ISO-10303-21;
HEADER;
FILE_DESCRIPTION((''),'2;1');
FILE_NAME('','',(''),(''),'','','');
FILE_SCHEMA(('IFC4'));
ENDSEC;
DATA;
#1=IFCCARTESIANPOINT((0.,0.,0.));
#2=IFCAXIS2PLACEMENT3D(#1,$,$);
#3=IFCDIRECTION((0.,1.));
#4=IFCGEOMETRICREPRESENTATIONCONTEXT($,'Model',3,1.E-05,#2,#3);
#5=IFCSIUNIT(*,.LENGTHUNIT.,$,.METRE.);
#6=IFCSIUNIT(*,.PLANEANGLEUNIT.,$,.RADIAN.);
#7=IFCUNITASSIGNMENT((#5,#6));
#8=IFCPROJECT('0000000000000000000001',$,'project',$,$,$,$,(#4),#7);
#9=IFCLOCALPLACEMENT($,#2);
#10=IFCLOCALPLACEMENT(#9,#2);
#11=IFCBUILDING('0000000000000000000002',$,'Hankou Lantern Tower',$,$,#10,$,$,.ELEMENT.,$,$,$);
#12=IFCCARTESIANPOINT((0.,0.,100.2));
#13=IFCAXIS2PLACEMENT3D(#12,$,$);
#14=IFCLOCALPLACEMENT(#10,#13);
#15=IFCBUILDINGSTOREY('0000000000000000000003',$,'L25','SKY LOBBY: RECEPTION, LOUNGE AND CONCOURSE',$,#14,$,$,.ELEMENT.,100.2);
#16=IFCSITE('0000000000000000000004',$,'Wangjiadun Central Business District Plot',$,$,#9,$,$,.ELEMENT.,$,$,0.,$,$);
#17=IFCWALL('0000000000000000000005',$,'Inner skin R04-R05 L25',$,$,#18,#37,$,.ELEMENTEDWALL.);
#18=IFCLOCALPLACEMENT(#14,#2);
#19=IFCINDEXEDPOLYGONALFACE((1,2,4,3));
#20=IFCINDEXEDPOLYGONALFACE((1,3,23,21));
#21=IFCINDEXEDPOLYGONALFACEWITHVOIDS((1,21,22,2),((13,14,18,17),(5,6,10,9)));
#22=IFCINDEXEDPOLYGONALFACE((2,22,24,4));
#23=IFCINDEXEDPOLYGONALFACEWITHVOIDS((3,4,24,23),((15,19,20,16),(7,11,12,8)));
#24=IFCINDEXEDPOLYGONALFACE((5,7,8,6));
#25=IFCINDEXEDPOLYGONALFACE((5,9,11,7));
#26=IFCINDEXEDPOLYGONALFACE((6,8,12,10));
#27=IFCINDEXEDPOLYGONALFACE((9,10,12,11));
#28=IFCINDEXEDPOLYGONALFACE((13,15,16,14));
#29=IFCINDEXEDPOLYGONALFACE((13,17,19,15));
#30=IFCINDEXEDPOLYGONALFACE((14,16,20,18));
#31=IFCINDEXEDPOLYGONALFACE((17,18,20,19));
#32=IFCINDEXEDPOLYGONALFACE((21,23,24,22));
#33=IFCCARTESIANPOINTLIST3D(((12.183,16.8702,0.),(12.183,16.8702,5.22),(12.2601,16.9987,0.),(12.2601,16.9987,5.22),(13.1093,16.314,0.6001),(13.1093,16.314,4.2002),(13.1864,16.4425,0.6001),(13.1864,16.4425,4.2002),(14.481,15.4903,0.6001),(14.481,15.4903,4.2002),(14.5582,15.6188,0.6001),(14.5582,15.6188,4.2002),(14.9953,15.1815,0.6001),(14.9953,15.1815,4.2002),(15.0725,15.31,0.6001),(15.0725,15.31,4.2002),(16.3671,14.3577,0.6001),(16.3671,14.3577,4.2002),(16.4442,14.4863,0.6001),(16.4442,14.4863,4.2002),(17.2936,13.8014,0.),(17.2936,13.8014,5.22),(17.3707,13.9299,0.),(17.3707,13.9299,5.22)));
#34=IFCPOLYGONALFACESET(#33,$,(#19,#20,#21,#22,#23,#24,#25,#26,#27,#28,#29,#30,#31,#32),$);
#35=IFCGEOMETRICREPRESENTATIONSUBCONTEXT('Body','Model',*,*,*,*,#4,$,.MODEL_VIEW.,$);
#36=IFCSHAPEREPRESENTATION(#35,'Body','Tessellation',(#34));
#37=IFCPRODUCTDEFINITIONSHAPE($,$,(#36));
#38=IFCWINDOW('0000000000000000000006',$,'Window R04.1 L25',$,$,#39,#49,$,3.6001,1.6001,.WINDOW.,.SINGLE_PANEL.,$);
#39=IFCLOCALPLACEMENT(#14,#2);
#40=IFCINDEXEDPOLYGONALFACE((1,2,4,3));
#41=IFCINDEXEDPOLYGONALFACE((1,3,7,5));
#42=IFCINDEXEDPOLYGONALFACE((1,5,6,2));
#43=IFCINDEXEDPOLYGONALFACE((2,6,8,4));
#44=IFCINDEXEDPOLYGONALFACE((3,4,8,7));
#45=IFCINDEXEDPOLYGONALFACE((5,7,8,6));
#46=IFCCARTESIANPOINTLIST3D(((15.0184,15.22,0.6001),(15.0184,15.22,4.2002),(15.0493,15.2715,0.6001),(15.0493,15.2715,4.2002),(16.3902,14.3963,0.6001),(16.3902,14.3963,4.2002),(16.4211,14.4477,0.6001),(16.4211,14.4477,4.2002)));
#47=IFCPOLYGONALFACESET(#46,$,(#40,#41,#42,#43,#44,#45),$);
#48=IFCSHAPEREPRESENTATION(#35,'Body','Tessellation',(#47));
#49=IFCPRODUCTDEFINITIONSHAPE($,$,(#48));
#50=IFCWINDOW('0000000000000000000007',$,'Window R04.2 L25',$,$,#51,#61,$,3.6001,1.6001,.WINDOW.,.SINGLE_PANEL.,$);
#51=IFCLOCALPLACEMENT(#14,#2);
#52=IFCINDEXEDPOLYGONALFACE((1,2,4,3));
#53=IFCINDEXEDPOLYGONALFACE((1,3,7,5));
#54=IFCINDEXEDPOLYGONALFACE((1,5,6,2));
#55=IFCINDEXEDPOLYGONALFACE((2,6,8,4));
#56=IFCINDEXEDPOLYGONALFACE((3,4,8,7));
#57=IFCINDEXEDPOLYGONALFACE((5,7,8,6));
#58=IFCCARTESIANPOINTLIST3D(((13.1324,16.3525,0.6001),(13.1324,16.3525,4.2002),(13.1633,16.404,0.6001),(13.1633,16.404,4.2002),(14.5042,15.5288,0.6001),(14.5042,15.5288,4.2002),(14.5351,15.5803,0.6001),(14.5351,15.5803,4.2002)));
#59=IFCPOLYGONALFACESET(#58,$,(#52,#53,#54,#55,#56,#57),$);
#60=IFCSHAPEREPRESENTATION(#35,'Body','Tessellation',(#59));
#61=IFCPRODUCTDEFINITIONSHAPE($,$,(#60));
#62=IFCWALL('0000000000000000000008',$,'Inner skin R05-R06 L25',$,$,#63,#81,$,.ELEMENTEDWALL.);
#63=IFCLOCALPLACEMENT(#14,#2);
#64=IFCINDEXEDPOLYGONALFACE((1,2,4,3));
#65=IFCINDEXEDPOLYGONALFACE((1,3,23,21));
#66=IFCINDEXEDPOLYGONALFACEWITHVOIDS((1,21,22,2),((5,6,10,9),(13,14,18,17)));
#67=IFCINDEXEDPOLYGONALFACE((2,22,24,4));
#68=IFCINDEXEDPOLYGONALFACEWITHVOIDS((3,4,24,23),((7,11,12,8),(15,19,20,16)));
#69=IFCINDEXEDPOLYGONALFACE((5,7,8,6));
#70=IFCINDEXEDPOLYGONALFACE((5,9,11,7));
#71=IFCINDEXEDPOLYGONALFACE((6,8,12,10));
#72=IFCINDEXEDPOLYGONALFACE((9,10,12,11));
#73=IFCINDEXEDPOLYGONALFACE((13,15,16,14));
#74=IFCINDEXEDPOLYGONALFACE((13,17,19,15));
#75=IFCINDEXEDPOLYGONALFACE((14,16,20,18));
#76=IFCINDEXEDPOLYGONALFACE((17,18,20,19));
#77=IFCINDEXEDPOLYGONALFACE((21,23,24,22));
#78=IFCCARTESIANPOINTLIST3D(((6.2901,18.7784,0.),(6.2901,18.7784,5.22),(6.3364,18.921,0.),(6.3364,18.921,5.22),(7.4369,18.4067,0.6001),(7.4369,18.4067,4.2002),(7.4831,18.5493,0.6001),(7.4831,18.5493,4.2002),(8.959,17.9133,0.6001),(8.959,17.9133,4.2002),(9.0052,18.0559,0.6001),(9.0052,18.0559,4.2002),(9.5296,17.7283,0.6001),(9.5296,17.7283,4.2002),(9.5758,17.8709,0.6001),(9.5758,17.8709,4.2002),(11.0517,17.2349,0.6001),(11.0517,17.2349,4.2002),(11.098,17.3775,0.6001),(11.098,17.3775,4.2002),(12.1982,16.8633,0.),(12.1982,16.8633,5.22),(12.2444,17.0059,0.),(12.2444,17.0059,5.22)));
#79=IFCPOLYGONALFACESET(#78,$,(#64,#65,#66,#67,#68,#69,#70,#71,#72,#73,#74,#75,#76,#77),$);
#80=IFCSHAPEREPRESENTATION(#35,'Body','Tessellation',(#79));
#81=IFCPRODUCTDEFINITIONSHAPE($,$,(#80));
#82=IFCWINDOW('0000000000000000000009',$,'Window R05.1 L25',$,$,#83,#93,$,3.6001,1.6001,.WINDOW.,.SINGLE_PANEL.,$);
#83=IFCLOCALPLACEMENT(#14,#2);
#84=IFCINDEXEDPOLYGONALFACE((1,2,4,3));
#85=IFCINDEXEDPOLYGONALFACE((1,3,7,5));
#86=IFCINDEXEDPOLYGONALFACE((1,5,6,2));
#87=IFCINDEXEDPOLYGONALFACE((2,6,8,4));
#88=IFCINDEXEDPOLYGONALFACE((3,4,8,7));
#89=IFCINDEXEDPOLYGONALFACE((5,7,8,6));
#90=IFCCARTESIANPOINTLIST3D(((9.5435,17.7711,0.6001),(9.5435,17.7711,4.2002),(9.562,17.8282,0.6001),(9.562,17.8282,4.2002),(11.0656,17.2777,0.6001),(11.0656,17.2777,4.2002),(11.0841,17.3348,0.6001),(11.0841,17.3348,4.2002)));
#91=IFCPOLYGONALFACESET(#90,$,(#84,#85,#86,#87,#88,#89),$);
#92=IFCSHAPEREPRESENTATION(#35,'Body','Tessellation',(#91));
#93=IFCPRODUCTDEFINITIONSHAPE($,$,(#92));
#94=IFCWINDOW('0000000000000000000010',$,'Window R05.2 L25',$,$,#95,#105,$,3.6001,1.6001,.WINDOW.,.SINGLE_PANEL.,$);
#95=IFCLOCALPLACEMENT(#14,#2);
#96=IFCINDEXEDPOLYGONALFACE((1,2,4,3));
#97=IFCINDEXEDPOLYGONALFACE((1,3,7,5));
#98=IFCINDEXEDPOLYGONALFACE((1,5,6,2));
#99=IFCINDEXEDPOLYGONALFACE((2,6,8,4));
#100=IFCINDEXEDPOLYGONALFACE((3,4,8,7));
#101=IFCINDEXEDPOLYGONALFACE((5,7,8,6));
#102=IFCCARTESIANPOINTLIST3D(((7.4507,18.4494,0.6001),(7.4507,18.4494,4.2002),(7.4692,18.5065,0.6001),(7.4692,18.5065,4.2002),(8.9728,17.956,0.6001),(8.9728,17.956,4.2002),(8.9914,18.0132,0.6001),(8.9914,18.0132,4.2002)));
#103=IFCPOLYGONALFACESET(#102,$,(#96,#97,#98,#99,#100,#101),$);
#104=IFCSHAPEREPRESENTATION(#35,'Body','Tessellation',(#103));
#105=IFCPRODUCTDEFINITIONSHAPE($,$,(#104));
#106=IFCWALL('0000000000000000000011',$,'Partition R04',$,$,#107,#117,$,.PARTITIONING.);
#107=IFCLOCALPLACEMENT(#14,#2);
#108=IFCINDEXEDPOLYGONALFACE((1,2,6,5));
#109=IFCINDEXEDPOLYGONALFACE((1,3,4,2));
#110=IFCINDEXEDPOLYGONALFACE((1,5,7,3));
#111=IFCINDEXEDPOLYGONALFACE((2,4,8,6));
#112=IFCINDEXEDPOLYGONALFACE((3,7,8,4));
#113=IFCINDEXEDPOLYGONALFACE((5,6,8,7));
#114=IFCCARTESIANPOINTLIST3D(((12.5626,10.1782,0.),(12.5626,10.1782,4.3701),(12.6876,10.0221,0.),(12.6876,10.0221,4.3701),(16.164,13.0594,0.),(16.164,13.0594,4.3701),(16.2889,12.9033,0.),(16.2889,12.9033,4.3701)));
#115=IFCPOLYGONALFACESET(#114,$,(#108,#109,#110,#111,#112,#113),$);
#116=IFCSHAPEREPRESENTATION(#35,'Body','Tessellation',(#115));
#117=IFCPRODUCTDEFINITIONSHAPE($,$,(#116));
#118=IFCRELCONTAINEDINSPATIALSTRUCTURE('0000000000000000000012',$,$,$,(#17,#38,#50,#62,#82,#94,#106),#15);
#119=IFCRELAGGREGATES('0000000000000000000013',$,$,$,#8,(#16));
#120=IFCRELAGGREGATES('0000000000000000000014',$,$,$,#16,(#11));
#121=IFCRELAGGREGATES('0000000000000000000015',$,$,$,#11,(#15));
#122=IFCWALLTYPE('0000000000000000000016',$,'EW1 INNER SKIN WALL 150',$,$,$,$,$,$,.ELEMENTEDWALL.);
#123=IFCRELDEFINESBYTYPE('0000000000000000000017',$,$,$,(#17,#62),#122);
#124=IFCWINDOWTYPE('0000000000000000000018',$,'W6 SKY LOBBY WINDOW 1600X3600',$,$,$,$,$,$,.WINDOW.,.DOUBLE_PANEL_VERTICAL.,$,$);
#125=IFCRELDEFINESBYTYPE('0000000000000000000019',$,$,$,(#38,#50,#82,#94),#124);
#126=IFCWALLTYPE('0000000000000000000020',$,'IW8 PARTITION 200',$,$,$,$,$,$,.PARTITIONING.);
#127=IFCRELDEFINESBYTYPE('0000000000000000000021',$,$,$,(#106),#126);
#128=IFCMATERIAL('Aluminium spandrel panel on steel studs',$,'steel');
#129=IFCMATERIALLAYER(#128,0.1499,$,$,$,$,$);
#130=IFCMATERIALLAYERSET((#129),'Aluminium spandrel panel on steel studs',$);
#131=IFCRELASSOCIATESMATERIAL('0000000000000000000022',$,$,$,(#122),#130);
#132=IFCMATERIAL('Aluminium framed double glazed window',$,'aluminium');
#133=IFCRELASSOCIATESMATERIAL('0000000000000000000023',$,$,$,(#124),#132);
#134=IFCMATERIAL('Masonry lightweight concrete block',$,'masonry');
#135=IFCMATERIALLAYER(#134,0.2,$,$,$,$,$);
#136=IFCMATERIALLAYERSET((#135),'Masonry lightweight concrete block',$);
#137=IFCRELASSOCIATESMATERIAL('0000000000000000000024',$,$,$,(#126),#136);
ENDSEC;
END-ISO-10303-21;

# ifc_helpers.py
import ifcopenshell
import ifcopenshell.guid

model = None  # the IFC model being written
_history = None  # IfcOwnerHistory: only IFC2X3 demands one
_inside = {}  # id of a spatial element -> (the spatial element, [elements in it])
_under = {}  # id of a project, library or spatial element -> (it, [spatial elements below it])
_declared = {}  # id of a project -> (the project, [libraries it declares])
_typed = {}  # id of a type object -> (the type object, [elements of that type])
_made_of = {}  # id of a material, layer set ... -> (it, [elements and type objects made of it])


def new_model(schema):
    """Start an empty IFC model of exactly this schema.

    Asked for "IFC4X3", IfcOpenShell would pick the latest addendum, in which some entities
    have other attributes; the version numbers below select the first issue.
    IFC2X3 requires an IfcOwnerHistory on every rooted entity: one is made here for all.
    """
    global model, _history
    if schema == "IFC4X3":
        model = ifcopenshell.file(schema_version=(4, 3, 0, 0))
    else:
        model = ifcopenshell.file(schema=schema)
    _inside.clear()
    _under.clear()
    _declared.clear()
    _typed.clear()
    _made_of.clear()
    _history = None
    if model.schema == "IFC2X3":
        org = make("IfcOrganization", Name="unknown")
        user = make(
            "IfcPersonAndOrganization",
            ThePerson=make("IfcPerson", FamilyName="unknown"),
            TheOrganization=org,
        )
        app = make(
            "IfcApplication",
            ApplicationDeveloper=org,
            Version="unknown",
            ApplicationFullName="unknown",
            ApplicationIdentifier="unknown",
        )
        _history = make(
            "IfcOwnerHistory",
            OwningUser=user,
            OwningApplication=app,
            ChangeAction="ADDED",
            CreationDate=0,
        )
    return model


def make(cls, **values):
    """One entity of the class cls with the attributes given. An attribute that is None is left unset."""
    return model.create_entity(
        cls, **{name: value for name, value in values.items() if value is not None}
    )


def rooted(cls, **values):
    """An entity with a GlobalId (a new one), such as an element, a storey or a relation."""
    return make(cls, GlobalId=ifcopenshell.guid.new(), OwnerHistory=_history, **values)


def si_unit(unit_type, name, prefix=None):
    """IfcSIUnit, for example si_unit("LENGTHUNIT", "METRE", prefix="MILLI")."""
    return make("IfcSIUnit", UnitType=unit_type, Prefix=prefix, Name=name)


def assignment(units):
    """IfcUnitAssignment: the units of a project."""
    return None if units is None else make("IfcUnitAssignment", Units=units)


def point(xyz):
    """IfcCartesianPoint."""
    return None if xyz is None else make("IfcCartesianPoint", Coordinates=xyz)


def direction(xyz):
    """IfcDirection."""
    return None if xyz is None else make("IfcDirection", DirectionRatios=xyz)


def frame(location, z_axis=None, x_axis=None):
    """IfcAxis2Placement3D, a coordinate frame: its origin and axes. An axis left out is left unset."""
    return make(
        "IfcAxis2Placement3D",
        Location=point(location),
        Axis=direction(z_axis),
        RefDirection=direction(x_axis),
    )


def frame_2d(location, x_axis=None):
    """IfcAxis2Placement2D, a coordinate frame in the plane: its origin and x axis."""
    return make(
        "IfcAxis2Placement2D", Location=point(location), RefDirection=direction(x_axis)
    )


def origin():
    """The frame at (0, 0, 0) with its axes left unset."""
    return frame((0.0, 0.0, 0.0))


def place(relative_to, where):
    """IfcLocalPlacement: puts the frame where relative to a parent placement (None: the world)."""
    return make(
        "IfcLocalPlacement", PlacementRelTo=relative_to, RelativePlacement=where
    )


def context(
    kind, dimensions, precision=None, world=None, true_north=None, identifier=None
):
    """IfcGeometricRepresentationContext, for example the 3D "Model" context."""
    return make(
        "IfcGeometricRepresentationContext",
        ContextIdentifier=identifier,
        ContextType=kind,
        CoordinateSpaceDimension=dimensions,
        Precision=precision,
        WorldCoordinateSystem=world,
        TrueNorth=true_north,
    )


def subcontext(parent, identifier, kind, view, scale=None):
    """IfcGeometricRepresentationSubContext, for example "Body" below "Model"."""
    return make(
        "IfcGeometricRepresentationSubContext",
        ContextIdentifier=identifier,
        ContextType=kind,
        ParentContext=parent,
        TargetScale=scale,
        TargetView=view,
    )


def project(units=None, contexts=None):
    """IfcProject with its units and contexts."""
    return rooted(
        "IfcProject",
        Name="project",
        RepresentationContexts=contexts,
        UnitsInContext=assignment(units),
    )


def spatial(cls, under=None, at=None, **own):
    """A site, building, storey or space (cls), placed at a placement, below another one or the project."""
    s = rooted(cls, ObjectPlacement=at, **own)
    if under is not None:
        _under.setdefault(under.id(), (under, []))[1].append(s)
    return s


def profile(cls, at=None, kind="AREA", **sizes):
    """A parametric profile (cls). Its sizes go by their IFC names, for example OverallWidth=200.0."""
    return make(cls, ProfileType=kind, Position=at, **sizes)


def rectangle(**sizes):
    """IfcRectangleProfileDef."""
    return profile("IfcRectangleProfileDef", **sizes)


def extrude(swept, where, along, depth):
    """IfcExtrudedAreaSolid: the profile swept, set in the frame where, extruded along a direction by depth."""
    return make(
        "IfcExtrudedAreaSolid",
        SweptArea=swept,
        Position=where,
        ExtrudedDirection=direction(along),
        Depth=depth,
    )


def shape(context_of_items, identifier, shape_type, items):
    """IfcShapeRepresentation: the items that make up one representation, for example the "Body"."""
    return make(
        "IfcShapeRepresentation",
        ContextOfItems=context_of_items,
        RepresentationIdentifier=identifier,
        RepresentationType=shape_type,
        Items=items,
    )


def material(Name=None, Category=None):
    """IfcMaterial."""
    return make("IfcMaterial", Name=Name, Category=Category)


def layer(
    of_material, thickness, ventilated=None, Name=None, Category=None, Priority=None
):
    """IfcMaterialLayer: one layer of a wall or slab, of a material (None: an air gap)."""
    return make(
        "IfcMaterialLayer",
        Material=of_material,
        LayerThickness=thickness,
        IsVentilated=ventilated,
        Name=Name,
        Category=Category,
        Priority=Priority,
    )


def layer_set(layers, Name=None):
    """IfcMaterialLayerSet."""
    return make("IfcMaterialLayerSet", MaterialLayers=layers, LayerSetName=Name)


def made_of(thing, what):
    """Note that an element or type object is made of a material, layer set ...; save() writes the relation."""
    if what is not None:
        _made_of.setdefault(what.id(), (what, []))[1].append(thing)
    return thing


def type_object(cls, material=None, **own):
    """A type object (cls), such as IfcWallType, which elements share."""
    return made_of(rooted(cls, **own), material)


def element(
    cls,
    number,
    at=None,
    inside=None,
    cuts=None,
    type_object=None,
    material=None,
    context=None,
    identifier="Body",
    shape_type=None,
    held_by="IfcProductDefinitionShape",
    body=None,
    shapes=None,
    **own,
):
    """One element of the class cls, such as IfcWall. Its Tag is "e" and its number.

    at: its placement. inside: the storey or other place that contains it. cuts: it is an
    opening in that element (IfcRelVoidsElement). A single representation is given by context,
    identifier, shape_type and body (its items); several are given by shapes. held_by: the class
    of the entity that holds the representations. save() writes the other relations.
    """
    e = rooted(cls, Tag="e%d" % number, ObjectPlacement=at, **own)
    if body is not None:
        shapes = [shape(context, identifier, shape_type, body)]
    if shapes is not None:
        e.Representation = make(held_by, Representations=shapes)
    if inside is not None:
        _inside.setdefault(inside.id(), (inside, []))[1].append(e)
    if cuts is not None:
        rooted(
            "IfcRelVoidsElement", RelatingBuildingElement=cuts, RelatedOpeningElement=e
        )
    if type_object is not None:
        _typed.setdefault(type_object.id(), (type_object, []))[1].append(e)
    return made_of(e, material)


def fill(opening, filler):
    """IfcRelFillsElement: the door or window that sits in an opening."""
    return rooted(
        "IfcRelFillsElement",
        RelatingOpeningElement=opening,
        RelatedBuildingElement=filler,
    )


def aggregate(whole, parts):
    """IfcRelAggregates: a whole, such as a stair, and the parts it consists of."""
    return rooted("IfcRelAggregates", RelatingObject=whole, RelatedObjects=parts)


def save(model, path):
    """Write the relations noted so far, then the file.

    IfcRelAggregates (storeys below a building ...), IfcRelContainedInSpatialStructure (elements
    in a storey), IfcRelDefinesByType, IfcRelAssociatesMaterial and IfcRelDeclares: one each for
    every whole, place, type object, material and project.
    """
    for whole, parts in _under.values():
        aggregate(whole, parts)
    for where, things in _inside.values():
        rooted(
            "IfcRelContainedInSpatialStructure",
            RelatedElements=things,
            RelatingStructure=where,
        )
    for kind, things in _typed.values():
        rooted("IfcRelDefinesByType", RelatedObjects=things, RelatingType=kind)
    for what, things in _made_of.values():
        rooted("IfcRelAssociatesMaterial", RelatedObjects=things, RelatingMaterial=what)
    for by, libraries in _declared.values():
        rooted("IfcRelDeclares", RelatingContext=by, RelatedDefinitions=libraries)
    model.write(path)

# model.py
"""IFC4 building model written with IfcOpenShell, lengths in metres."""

from ifc_helpers import new_model, si_unit, direction, frame, frame_2d, origin, place, context, subcontext, project, spatial, rectangle, extrude, material, layer, layer_set, type_object, element, fill, save


model = new_model("IFC4")

# Units and contexts
model_context = context("Model", 3, precision=1e-05, world=origin(), true_north=direction((0.0, 1.0)))
body_context = subcontext(model_context, "Body", "Model", "MODEL_VIEW")
ifc_project = project(units=[si_unit("LENGTHUNIT", "METRE"), si_unit("PLANEANGLEUNIT", "RADIAN")], contexts=[model_context])

# Site, building, storey
site_placement = place(None, origin())
site = spatial("IfcSite", under=ifc_project, at=site_placement, Name="Wangjiadun Central Business District Plot", CompositionType="ELEMENT", RefElevation=0.0)
building_placement = place(site_placement, origin())
building = spatial("IfcBuilding", under=site, at=building_placement, Name="Hankou Lantern Tower", CompositionType="ELEMENT")
storey_placement = place(building_placement, frame((0.0, 0.0, 100.2)))
storey = spatial("IfcBuildingStorey", under=building, at=storey_placement, Name="L25", Description="SKY LOBBY: RECEPTION, LOUNGE AND CONCOURSE", CompositionType="ELEMENT", Elevation=100.2)

# Walls, openings, windows
ifc_material_1 = material(Name="Aluminium spandrel panel on steel studs", Category="steel")
ifc_layer_1 = layer(ifc_material_1, 0.1499)
ifc_layer_set_1 = layer_set([ifc_layer_1], Name="Aluminium spandrel panel on steel studs")
wall_type_1 = type_object("IfcWallType", Name="EW1 INNER SKIN WALL 150", PredefinedType="ELEMENTEDWALL", material=ifc_layer_set_1)
ifc_material_2 = material(Name="Aluminium framed double glazed window", Category="aluminium")
window_type = type_object("IfcWindowType", Name="W6 SKY LOBBY WINDOW 1600X3600", PartitioningType="DOUBLE_PANEL_VERTICAL", PredefinedType="WINDOW", material=ifc_material_2)
wall_1_placement = place(storey_placement, frame((17.332, 13.8657, 0.0), z_axis=(0.0, 0.0, 1.0), x_axis=(-0.857309, 0.514803, 0.0)))
wall_1 = element("IfcWall", 1, at=wall_1_placement, inside=storey, type_object=wall_type_1, Name="Inner skin R04-R05 L25", PredefinedType="ELEMENTEDWALL", context=body_context, shape_type="SweptSolid", body=[
    extrude(rectangle(XDim=5.9612, YDim=0.1499, at=frame_2d((2.9805, 0.0))), origin(), (0.0, 0.0, 1.0), 5.22),
])
opening_1_placement = place(wall_1_placement, frame((1.0806, 0.0, 0.6001)))
opening_1 = element("IfcOpeningElement", 2, at=opening_1_placement, cuts=wall_1, PredefinedType="OPENING", context=body_context, shape_type="SweptSolid", body=[
    extrude(rectangle(XDim=1.6001, YDim=3.6001, at=frame_2d((0.8, 1.8))), frame((0.0, 0.085, 0.0), z_axis=(0.0, -1.0, 0.0), x_axis=(1.0, 0.0, 0.0)), (0.0, 0.0, 1.0), 0.1699),
])
opening_2_placement = place(wall_1_placement, frame((3.2805, 0.0, 0.6001)))
opening_2 = element("IfcOpeningElement", 3, at=opening_2_placement, cuts=wall_1, PredefinedType="OPENING", context=body_context, shape_type="SweptSolid", body=[
    extrude(rectangle(XDim=1.6001, YDim=3.6001, at=frame_2d((0.8, 1.8))), frame((0.0, 0.085, 0.0), z_axis=(0.0, -1.0, 0.0), x_axis=(1.0, 0.0, 0.0)), (0.0, 0.0, 1.0), 0.1699),
])
window_1_placement = place(opening_1_placement, origin())
window_1 = element("IfcWindow", 4, at=window_1_placement, inside=storey, type_object=window_type, Name="Window R04.1 L25", OverallHeight=3.6001, OverallWidth=1.6001, PartitioningType="SINGLE_PANEL", PredefinedType="WINDOW", context=body_context, shape_type="SweptSolid", body=[
    extrude(rectangle(XDim=1.6001, YDim=3.6001, at=frame_2d((0.8, 1.8))), frame((0.0, 0.03, 0.0), z_axis=(0.0, -1.0, 0.0), x_axis=(1.0, 0.0, 0.0)), (0.0, 0.0, 1.0), 0.0601),
])
fill(opening_1, window_1)
window_2_placement = place(opening_2_placement, origin())
window_2 = element("IfcWindow", 5, at=window_2_placement, inside=storey, type_object=window_type, Name="Window R04.2 L25", OverallHeight=3.6001, OverallWidth=1.6001, PartitioningType="SINGLE_PANEL", PredefinedType="WINDOW", context=body_context, shape_type="SweptSolid", body=[
    extrude(rectangle(XDim=1.6001, YDim=3.6001, at=frame_2d((0.8, 1.8))), frame((0.0, 0.03, 0.0), z_axis=(0.0, -1.0, 0.0), x_axis=(1.0, 0.0, 0.0)), (0.0, 0.0, 1.0), 0.0601),
])
fill(opening_2, window_2)
wall_2_placement = place(storey_placement, frame((12.2214, 16.9346, 0.0), z_axis=(0.0, 0.0, 1.0), x_axis=(-0.951273, 0.308351, 0.0)))
wall_2 = element("IfcWall", 6, at=wall_2_placement, inside=storey, type_object=wall_type_1, Name="Inner skin R05-R06 L25", PredefinedType="ELEMENTEDWALL", context=body_context, shape_type="SweptSolid", body=[
    extrude(rectangle(XDim=6.2107, YDim=0.1499, at=frame_2d((3.1055, 0.0))), origin(), (0.0, 0.0, 1.0), 5.22),
])
opening_3_placement = place(wall_2_placement, frame((1.2053, 0.0, 0.6001)))
opening_3 = element("IfcOpeningElement", 7, at=opening_3_placement, cuts=wall_2, PredefinedType="OPENING", context=body_context, shape_type="SweptSolid", body=[
    extrude(rectangle(XDim=1.6001, YDim=3.6001, at=frame_2d((0.8, 1.8))), frame((0.0, 0.085, 0.0), z_axis=(0.0, -1.0, 0.0), x_axis=(1.0, 0.0, 0.0)), (0.0, 0.0, 1.0), 0.1699),
])
opening_4_placement = place(wall_2_placement, frame((3.4053, 0.0, 0.6001)))
opening_4 = element("IfcOpeningElement", 8, at=opening_4_placement, cuts=wall_2, PredefinedType="OPENING", context=body_context, shape_type="SweptSolid", body=[
    extrude(rectangle(XDim=1.6001, YDim=3.6001, at=frame_2d((0.8, 1.8))), frame((0.0, 0.085, 0.0), z_axis=(0.0, -1.0, 0.0), x_axis=(1.0, 0.0, 0.0)), (0.0, 0.0, 1.0), 0.1699),
])
window_3_placement = place(opening_3_placement, origin())
window_3 = element("IfcWindow", 9, at=window_3_placement, inside=storey, type_object=window_type, Name="Window R05.1 L25", OverallHeight=3.6001, OverallWidth=1.6001, PartitioningType="SINGLE_PANEL", PredefinedType="WINDOW", context=body_context, shape_type="SweptSolid", body=[
    extrude(rectangle(XDim=1.6001, YDim=3.6001, at=frame_2d((0.8, 1.8))), frame((0.0, 0.03, 0.0), z_axis=(0.0, -1.0, 0.0), x_axis=(1.0, 0.0, 0.0)), (0.0, 0.0, 1.0), 0.0601),
])
fill(opening_3, window_3)
window_4_placement = place(opening_4_placement, origin())
window_4 = element("IfcWindow", 10, at=window_4_placement, inside=storey, type_object=window_type, Name="Window R05.2 L25", OverallHeight=3.6001, OverallWidth=1.6001, PartitioningType="SINGLE_PANEL", PredefinedType="WINDOW", context=body_context, shape_type="SweptSolid", body=[
    extrude(rectangle(XDim=1.6001, YDim=3.6001, at=frame_2d((0.8, 1.8))), frame((0.0, 0.03, 0.0), z_axis=(0.0, -1.0, 0.0), x_axis=(1.0, 0.0, 0.0)), (0.0, 0.0, 1.0), 0.0601),
])
fill(opening_4, window_4)

# Wall
ifc_material_3 = material(Name="Masonry lightweight concrete block", Category="masonry")
ifc_layer_2 = layer(ifc_material_3, 0.2)
ifc_layer_set_2 = layer_set([ifc_layer_2], Name="Masonry lightweight concrete block")
wall_type_2 = type_object("IfcWallType", Name="IW8 PARTITION 200", PredefinedType="PARTITIONING", material=ifc_layer_set_2)
wall_3_placement = place(storey_placement, frame((12.625, 10.1001, 0.0), z_axis=(0.0, 0.0, 1.0), x_axis=(0.780864, 0.624702, 0.0)))
element("IfcWall", 11, at=wall_3_placement, inside=storey, type_object=wall_type_2, Name="Partition R04", PredefinedType="PARTITIONING", context=body_context, shape_type="SweptSolid", body=[
    extrude(rectangle(XDim=4.6121, YDim=0.2, at=frame_2d((2.3062, 0.0))), origin(), (0.0, 0.0, 1.0), 4.3701),
])

save(model, "model.ifc")
